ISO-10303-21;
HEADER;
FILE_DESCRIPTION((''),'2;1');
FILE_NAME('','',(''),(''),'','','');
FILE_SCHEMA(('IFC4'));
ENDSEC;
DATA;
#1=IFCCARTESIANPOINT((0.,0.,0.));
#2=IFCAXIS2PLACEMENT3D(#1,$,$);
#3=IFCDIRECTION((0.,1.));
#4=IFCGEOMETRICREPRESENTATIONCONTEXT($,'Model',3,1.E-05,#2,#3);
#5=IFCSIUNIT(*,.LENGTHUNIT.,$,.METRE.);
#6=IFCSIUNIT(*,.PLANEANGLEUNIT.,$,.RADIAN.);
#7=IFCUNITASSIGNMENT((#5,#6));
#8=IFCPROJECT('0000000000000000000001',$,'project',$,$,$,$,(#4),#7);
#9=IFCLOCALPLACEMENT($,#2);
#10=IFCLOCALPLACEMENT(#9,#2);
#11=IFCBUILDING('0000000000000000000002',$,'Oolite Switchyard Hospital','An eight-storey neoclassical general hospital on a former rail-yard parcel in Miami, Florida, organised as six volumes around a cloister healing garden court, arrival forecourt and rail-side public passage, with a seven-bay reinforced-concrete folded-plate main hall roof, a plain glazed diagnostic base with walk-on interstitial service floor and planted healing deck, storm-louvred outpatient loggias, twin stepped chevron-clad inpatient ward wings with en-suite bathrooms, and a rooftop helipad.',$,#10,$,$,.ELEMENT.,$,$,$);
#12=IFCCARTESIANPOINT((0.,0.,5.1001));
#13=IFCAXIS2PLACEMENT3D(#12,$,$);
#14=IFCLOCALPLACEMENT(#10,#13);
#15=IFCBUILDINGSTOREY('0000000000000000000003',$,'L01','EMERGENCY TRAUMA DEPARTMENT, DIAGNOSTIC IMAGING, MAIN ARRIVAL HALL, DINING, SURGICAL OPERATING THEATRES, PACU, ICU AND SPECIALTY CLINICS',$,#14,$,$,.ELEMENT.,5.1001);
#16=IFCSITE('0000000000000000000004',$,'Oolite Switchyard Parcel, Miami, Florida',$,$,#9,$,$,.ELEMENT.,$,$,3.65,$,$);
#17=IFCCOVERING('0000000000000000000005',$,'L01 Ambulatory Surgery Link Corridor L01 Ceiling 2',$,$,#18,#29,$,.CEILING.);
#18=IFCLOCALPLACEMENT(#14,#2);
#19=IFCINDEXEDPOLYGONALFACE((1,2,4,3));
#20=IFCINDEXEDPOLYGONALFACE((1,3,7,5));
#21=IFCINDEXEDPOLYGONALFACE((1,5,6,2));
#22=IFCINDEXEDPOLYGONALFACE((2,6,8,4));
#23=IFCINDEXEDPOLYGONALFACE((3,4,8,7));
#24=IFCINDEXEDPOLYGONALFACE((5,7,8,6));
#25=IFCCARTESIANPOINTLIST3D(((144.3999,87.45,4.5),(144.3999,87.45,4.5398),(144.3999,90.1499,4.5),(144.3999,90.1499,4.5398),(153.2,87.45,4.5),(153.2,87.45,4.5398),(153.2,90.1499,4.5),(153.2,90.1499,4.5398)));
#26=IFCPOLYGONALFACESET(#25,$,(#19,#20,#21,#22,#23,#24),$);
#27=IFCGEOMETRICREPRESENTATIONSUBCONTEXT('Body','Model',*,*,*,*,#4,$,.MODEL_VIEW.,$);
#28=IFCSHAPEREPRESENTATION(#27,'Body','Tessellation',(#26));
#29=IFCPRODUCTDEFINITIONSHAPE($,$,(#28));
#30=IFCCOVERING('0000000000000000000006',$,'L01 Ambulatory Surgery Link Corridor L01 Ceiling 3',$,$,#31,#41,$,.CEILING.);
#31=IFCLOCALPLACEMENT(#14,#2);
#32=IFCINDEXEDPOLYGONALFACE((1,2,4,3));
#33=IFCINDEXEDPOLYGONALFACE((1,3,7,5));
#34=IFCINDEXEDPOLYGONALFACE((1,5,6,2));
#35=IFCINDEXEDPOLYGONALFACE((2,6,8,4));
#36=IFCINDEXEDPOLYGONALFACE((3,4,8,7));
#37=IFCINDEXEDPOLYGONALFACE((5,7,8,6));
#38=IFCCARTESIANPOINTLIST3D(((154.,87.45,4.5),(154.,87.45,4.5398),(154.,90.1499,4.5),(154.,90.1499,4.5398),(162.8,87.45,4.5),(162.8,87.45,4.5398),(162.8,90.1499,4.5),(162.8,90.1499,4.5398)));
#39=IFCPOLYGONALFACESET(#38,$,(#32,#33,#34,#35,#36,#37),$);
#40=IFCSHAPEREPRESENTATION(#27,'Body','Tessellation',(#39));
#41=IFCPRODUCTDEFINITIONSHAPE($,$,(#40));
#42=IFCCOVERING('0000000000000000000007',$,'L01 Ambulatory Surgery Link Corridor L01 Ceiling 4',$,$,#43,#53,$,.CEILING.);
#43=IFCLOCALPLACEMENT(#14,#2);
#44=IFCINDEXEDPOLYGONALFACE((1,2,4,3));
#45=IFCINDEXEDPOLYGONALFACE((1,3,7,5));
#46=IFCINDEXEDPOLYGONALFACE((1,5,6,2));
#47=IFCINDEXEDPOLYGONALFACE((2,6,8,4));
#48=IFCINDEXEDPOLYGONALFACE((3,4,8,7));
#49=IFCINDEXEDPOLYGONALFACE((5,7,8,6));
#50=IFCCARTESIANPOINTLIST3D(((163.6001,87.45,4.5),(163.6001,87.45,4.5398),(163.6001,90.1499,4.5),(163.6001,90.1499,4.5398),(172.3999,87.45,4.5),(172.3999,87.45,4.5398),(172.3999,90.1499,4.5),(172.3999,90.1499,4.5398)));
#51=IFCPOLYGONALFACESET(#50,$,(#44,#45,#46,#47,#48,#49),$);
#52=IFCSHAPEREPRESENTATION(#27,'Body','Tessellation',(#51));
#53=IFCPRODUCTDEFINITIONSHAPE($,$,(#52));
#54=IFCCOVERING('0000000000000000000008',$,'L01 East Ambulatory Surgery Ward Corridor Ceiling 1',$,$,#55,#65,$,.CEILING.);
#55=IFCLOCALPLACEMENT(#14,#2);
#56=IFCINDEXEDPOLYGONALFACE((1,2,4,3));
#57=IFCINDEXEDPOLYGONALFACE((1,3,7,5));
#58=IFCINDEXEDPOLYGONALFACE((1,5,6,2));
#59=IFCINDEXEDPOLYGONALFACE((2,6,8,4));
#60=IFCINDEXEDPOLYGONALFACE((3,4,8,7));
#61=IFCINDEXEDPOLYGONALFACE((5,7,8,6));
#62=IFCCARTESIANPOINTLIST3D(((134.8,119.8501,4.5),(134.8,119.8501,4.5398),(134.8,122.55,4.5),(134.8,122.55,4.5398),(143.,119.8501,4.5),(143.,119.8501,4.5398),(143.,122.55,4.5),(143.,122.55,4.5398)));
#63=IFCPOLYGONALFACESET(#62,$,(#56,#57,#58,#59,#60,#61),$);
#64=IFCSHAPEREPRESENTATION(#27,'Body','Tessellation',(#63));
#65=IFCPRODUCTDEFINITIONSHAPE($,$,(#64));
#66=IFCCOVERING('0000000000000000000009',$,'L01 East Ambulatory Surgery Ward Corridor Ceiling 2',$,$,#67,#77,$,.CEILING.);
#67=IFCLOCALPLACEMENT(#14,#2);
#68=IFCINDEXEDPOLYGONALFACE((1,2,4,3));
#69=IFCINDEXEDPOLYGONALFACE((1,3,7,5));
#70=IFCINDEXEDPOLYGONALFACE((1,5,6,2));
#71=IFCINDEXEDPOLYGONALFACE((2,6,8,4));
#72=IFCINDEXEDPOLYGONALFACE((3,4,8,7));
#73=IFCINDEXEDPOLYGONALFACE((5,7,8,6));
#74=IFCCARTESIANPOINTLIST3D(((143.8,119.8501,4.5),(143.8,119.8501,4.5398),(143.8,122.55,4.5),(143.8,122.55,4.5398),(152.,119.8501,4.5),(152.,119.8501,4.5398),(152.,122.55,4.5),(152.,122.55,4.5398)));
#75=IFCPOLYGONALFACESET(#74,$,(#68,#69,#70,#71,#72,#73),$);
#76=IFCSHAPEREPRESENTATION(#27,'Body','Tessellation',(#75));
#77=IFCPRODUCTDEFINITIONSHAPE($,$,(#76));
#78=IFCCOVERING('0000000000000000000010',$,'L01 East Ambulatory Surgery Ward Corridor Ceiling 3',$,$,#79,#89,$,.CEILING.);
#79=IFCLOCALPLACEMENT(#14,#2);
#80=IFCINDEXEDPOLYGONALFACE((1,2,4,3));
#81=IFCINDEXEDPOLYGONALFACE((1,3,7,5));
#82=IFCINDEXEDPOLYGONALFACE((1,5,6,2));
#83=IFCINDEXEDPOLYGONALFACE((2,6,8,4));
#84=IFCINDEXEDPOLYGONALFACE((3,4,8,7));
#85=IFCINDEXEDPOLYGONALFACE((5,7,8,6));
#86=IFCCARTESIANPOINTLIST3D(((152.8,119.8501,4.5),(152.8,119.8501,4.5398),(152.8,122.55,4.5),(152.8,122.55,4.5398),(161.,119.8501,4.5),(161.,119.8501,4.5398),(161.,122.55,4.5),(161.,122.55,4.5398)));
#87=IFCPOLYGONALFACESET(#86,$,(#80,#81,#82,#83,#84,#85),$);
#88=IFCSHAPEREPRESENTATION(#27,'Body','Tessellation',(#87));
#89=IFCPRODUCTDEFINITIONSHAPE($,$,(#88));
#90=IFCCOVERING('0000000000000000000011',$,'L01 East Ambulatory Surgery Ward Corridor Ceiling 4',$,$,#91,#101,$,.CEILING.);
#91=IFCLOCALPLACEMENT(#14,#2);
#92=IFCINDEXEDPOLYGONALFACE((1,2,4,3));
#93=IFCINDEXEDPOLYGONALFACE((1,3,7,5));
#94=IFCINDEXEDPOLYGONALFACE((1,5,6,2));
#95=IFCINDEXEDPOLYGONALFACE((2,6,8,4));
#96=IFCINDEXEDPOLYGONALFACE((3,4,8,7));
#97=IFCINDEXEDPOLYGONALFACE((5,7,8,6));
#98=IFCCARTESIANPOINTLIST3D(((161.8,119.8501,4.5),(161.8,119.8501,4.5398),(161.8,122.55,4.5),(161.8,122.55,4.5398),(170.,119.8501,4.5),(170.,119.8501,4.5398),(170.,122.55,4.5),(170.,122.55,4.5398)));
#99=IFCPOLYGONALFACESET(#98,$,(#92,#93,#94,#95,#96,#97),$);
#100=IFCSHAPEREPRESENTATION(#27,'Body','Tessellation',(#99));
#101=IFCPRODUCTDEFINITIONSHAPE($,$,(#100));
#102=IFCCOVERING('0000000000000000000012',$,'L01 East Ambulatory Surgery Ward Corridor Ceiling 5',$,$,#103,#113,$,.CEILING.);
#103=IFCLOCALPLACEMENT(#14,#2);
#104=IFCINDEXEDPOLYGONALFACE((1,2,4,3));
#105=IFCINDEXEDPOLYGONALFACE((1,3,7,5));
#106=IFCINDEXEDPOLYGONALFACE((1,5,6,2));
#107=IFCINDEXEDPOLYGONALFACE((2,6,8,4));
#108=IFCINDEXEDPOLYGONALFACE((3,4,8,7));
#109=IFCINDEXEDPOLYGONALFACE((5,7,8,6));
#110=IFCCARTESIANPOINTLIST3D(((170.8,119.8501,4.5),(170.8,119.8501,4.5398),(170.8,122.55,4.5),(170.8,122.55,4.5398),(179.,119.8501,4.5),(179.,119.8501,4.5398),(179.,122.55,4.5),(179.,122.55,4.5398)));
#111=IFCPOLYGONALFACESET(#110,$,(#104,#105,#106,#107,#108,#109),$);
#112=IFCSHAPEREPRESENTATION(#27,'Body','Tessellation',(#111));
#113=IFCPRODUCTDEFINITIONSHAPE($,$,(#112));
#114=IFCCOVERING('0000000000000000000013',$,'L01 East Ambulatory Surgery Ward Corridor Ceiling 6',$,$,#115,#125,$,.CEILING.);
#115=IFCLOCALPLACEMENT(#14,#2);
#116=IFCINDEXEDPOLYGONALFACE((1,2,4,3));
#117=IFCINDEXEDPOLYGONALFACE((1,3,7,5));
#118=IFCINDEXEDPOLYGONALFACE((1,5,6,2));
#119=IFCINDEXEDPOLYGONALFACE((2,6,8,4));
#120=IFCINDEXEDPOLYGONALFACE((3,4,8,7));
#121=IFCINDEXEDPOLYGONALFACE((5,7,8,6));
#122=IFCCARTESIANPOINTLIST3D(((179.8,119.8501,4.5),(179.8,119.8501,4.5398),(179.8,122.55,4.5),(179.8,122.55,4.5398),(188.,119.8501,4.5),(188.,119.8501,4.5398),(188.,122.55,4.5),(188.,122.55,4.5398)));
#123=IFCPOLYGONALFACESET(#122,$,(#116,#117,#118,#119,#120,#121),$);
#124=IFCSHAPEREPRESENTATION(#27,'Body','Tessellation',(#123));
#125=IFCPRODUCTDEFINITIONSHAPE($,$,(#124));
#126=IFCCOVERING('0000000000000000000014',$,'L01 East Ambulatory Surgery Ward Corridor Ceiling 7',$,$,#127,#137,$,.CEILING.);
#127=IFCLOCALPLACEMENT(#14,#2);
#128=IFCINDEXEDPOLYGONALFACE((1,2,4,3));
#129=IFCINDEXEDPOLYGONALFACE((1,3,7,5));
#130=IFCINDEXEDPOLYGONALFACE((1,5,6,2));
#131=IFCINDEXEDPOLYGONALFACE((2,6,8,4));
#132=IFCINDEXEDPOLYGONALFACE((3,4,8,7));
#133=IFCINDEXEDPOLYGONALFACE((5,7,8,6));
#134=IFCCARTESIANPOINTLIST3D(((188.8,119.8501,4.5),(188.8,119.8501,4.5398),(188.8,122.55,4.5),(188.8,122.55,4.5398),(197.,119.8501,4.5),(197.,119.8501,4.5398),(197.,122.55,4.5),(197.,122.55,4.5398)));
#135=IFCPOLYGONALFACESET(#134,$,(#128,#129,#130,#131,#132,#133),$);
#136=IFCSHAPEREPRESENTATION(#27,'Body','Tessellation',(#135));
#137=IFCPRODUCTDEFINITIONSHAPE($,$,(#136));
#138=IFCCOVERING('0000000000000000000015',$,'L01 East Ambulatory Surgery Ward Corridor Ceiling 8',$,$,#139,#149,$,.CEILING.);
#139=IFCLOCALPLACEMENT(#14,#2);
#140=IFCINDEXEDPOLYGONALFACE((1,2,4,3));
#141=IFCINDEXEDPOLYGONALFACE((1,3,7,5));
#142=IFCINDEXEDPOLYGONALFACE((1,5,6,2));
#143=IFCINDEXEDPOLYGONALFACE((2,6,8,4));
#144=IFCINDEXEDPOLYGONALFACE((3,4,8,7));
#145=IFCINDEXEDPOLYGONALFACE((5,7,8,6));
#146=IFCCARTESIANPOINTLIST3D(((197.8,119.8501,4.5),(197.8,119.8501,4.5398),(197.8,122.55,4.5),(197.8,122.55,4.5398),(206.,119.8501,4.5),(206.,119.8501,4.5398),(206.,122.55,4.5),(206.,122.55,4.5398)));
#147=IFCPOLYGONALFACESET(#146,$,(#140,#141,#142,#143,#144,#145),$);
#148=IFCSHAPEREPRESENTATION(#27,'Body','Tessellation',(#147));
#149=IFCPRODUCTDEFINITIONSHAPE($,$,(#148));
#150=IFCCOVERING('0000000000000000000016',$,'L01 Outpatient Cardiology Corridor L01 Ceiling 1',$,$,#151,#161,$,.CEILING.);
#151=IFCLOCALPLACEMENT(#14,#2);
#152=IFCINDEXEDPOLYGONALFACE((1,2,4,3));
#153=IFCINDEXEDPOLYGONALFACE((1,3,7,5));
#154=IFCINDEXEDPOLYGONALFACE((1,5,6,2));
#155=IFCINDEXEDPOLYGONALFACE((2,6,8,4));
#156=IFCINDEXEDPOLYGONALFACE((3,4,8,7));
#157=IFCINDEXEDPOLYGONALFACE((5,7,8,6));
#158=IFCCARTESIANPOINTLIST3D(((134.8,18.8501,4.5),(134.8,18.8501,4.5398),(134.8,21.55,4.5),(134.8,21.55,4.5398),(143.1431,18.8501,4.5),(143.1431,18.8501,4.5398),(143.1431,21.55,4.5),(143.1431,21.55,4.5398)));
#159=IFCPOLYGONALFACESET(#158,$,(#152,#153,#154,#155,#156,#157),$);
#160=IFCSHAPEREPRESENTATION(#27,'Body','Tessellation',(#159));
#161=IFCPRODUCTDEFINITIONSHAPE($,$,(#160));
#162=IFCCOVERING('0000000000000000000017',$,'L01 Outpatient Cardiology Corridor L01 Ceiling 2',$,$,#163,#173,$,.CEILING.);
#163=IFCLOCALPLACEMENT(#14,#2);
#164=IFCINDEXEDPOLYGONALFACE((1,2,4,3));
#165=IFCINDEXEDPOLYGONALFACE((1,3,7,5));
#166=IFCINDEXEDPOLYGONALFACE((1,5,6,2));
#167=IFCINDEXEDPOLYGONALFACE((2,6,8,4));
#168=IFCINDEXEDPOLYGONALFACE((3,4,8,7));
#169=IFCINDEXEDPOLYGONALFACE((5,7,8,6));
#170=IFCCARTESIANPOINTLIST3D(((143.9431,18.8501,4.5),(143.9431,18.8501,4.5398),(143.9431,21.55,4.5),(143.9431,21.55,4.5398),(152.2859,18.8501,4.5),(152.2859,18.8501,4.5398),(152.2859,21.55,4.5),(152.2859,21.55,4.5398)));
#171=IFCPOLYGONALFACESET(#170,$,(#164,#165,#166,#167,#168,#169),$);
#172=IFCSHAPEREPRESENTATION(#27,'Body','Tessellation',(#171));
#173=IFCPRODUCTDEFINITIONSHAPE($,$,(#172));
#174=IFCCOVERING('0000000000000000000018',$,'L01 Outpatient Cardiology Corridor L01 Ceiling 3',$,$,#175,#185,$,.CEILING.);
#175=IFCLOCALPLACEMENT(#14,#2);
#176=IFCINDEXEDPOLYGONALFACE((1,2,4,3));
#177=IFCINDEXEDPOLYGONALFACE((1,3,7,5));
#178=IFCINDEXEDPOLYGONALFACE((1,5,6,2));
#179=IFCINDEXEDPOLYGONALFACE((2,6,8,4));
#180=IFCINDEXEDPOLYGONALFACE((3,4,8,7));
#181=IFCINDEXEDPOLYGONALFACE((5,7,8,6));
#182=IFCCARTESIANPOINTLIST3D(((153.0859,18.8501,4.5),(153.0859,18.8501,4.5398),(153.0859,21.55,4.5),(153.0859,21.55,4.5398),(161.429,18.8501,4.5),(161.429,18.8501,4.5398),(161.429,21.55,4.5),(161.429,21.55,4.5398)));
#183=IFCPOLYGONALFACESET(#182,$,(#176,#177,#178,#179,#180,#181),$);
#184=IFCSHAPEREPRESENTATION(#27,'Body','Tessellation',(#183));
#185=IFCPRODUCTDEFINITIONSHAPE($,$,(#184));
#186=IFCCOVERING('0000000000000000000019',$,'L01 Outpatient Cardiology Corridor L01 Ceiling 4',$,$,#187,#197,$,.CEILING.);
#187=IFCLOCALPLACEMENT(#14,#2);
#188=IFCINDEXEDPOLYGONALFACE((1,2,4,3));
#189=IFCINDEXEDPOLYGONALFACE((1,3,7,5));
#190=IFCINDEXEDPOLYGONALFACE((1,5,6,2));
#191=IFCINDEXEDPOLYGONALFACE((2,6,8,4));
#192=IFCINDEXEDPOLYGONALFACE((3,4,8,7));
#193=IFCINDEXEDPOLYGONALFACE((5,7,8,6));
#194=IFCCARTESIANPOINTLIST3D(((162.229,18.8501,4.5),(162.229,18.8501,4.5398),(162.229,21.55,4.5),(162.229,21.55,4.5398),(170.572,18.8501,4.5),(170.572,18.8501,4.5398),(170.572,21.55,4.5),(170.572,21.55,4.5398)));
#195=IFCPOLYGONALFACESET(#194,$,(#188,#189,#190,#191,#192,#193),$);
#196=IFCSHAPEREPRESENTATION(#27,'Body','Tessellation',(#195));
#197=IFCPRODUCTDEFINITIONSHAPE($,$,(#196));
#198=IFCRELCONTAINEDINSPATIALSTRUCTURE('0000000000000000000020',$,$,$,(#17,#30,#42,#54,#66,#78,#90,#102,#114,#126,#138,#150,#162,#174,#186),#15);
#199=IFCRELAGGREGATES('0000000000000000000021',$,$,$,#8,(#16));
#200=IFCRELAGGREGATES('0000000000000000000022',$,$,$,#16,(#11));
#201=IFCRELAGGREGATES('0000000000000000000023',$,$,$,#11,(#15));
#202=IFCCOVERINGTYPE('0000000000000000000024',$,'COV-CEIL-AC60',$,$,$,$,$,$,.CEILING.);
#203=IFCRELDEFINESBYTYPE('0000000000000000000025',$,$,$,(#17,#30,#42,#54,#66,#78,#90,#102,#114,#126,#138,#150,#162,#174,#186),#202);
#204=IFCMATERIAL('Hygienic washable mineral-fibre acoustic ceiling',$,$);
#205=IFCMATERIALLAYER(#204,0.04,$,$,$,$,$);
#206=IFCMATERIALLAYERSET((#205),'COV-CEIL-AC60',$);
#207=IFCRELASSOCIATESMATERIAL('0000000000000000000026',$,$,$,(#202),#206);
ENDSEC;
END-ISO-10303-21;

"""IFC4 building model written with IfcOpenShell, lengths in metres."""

from ifc_helpers import new_model, si_unit, direction, frame, origin, place, context, subcontext, project, spatial, polyline, outline, extrude, material, layer, layer_set, type_object, element, save


model = new_model("IFC4")

# Units and contexts
model_context = context("Model", 3, precision=1e-05, world=origin(), true_north=direction((0.0, 1.0)))
body_context = subcontext(model_context, "Body", "Model", "MODEL_VIEW")
ifc_project = project(units=[si_unit("LENGTHUNIT", "METRE"), si_unit("PLANEANGLEUNIT", "RADIAN")], contexts=[model_context])

# Site, building, storey
site_placement = place(None, origin())
site = spatial("IfcSite", under=ifc_project, at=site_placement, Name="Oolite Switchyard Parcel, Miami, Florida", CompositionType="ELEMENT", RefElevation=3.65)
building_placement = place(site_placement, origin())
building = spatial("IfcBuilding", under=site, at=building_placement, Name="Oolite Switchyard Hospital", Description="An eight-storey neoclassical general hospital on a former rail-yard parcel in Miami, Florida, organised as six volumes around a cloister healing garden court, arrival forecourt and rail-side public passage, with a seven-bay reinforced-concrete folded-plate main hall roof, a plain glazed diagnostic base with walk-on interstitial service floor and planted healing deck, storm-louvred outpatient loggias, twin stepped chevron-clad inpatient ward wings with en-suite bathrooms, and a rooftop helipad.", CompositionType="ELEMENT")
storey_placement = place(building_placement, frame((0.0, 0.0, 5.1001)))
storey = spatial("IfcBuildingStorey", under=building, at=storey_placement, Name="L01", Description="EMERGENCY TRAUMA DEPARTMENT, DIAGNOSTIC IMAGING, MAIN ARRIVAL HALL, DINING, SURGICAL OPERATING THEATRES, PACU, ICU AND SPECIALTY CLINICS", CompositionType="ELEMENT", Elevation=5.1001)

# Coverings
ifc_material = material(Name="Hygienic washable mineral-fibre acoustic ceiling")
ifc_layer = layer(ifc_material, 0.04)
ifc_layer_set = layer_set([ifc_layer], Name="COV-CEIL-AC60")
covering_type = type_object("IfcCoveringType", Name="COV-CEIL-AC60", PredefinedType="CEILING", material=ifc_layer_set)
covering_1_placement = place(storey_placement, frame((0.0, 0.0, 4.5)))
element("IfcCovering", 1, at=covering_1_placement, inside=storey, type_object=covering_type, Name="L01 Ambulatory Surgery Link Corridor L01 Ceiling 2", PredefinedType="CEILING", context=body_context, shape_type="SweptSolid", body=[
    extrude(outline(polyline([(144.3999, 87.45), (153.2, 87.45), (153.2, 90.1499), (144.3999, 90.1499), (144.3999, 87.45)])), origin(), (0.0, 0.0, 1.0), 0.0398),
])
covering_2_placement = place(storey_placement, frame((0.0, 0.0, 4.5)))
element("IfcCovering", 2, at=covering_2_placement, inside=storey, type_object=covering_type, Name="L01 Ambulatory Surgery Link Corridor L01 Ceiling 3", PredefinedType="CEILING", context=body_context, shape_type="SweptSolid", body=[
    extrude(outline(polyline([(154.0, 87.45), (162.8, 87.45), (162.8, 90.1499), (154.0, 90.1499), (154.0, 87.45)])), origin(), (0.0, 0.0, 1.0), 0.0398),
])
covering_3_placement = place(storey_placement, frame((0.0, 0.0, 4.5)))
element("IfcCovering", 3, at=covering_3_placement, inside=storey, type_object=covering_type, Name="L01 Ambulatory Surgery Link Corridor L01 Ceiling 4", PredefinedType="CEILING", context=body_context, shape_type="SweptSolid", body=[
    extrude(outline(polyline([(163.6001, 87.45), (172.3999, 87.45), (172.3999, 90.1499), (163.6001, 90.1499), (163.6001, 87.45)])), origin(), (0.0, 0.0, 1.0), 0.0398),
])
covering_4_placement = place(storey_placement, frame((0.0, 0.0, 4.5)))
element("IfcCovering", 4, at=covering_4_placement, inside=storey, type_object=covering_type, Name="L01 East Ambulatory Surgery Ward Corridor Ceiling 1", PredefinedType="CEILING", context=body_context, shape_type="SweptSolid", body=[
    extrude(outline(polyline([(134.8, 119.8501), (143.0, 119.8501), (143.0, 122.55), (134.8, 122.55), (134.8, 119.8501)])), origin(), (0.0, 0.0, 1.0), 0.0398),
])
covering_5_placement = place(storey_placement, frame((0.0, 0.0, 4.5)))
element("IfcCovering", 5, at=covering_5_placement, inside=storey, type_object=covering_type, Name="L01 East Ambulatory Surgery Ward Corridor Ceiling 2", PredefinedType="CEILING", context=body_context, shape_type="SweptSolid", body=[
    extrude(outline(polyline([(143.8, 119.8501), (152.0, 119.8501), (152.0, 122.55), (143.8, 122.55), (143.8, 119.8501)])), origin(), (0.0, 0.0, 1.0), 0.0398),
])
covering_6_placement = place(storey_placement, frame((0.0, 0.0, 4.5)))
element("IfcCovering", 6, at=covering_6_placement, inside=storey, type_object=covering_type, Name="L01 East Ambulatory Surgery Ward Corridor Ceiling 3", PredefinedType="CEILING", context=body_context, shape_type="SweptSolid", body=[
    extrude(outline(polyline([(152.8, 119.8501), (161.0, 119.8501), (161.0, 122.55), (152.8, 122.55), (152.8, 119.8501)])), origin(), (0.0, 0.0, 1.0), 0.0398),
])
covering_7_placement = place(storey_placement, frame((0.0, 0.0, 4.5)))
element("IfcCovering", 7, at=covering_7_placement, inside=storey, type_object=covering_type, Name="L01 East Ambulatory Surgery Ward Corridor Ceiling 4", PredefinedType="CEILING", context=body_context, shape_type="SweptSolid", body=[
    extrude(outline(polyline([(161.8, 119.8501), (170.0, 119.8501), (170.0, 122.55), (161.8, 122.55), (161.8, 119.8501)])), origin(), (0.0, 0.0, 1.0), 0.0398),
])
covering_8_placement = place(storey_placement, frame((0.0, 0.0, 4.5)))
element("IfcCovering", 8, at=covering_8_placement, inside=storey, type_object=covering_type, Name="L01 East Ambulatory Surgery Ward Corridor Ceiling 5", PredefinedType="CEILING", context=body_context, shape_type="SweptSolid", body=[
    extrude(outline(polyline([(170.8, 119.8501), (179.0, 119.8501), (179.0, 122.55), (170.8, 122.55), (170.8, 119.8501)])), origin(), (0.0, 0.0, 1.0), 0.0398),
])
covering_9_placement = place(storey_placement, frame((0.0, 0.0, 4.5)))
element("IfcCovering", 9, at=covering_9_placement, inside=storey, type_object=covering_type, Name="L01 East Ambulatory Surgery Ward Corridor Ceiling 6", PredefinedType="CEILING", context=body_context, shape_type="SweptSolid", body=[
    extrude(outline(polyline([(179.8, 119.8501), (188.0, 119.8501), (188.0, 122.55), (179.8, 122.55), (179.8, 119.8501)])), origin(), (0.0, 0.0, 1.0), 0.0398),
])
covering_10_placement = place(storey_placement, frame((0.0, 0.0, 4.5)))
element("IfcCovering", 10, at=covering_10_placement, inside=storey, type_object=covering_type, Name="L01 East Ambulatory Surgery Ward Corridor Ceiling 7", PredefinedType="CEILING", context=body_context, shape_type="SweptSolid", body=[
    extrude(outline(polyline([(188.8, 119.8501), (197.0, 119.8501), (197.0, 122.55), (188.8, 122.55), (188.8, 119.8501)])), origin(), (0.0, 0.0, 1.0), 0.0398),
])
covering_11_placement = place(storey_placement, frame((0.0, 0.0, 4.5)))
element("IfcCovering", 11, at=covering_11_placement, inside=storey, type_object=covering_type, Name="L01 East Ambulatory Surgery Ward Corridor Ceiling 8", PredefinedType="CEILING", context=body_context, shape_type="SweptSolid", body=[
    extrude(outline(polyline([(197.8, 119.8501), (206.0, 119.8501), (206.0, 122.55), (197.8, 122.55), (197.8, 119.8501)])), origin(), (0.0, 0.0, 1.0), 0.0398),
])
covering_12_placement = place(storey_placement, frame((0.0, 0.0, 4.5)))
element("IfcCovering", 12, at=covering_12_placement, inside=storey, type_object=covering_type, Name="L01 Outpatient Cardiology Corridor L01 Ceiling 1", PredefinedType="CEILING", context=body_context, shape_type="SweptSolid", body=[
    extrude(outline(polyline([(134.8, 18.8501), (143.1431, 18.8501), (143.1431, 21.55), (134.8, 21.55), (134.8, 18.8501)])), origin(), (0.0, 0.0, 1.0), 0.0398),
])
covering_13_placement = place(storey_placement, frame((0.0, 0.0, 4.5)))
element("IfcCovering", 13, at=covering_13_placement, inside=storey, type_object=covering_type, Name="L01 Outpatient Cardiology Corridor L01 Ceiling 2", PredefinedType="CEILING", context=body_context, shape_type="SweptSolid", body=[
    extrude(outline(polyline([(143.9431, 18.8501), (152.2859, 18.8501), (152.2859, 21.55), (143.9431, 21.55), (143.9431, 18.8501)])), origin(), (0.0, 0.0, 1.0), 0.0398),
])
covering_14_placement = place(storey_placement, frame((0.0, 0.0, 4.5)))
element("IfcCovering", 14, at=covering_14_placement, inside=storey, type_object=covering_type, Name="L01 Outpatient Cardiology Corridor L01 Ceiling 3", PredefinedType="CEILING", context=body_context, shape_type="SweptSolid", body=[
    extrude(outline(polyline([(153.0859, 18.8501), (161.429, 18.8501), (161.429, 21.55), (153.0859, 21.55), (153.0859, 18.8501)])), origin(), (0.0, 0.0, 1.0), 0.0398),
])
covering_15_placement = place(storey_placement, frame((0.0, 0.0, 4.5)))
element("IfcCovering", 15, at=covering_15_placement, inside=storey, type_object=covering_type, Name="L01 Outpatient Cardiology Corridor L01 Ceiling 4", PredefinedType="CEILING", context=body_context, shape_type="SweptSolid", body=[
    extrude(outline(polyline([(162.229, 18.8501), (170.572, 18.8501), (170.572, 21.55), (162.229, 21.55), (162.229, 18.8501)])), origin(), (0.0, 0.0, 1.0), 0.0398),
])

save(model, "model.ifc")
